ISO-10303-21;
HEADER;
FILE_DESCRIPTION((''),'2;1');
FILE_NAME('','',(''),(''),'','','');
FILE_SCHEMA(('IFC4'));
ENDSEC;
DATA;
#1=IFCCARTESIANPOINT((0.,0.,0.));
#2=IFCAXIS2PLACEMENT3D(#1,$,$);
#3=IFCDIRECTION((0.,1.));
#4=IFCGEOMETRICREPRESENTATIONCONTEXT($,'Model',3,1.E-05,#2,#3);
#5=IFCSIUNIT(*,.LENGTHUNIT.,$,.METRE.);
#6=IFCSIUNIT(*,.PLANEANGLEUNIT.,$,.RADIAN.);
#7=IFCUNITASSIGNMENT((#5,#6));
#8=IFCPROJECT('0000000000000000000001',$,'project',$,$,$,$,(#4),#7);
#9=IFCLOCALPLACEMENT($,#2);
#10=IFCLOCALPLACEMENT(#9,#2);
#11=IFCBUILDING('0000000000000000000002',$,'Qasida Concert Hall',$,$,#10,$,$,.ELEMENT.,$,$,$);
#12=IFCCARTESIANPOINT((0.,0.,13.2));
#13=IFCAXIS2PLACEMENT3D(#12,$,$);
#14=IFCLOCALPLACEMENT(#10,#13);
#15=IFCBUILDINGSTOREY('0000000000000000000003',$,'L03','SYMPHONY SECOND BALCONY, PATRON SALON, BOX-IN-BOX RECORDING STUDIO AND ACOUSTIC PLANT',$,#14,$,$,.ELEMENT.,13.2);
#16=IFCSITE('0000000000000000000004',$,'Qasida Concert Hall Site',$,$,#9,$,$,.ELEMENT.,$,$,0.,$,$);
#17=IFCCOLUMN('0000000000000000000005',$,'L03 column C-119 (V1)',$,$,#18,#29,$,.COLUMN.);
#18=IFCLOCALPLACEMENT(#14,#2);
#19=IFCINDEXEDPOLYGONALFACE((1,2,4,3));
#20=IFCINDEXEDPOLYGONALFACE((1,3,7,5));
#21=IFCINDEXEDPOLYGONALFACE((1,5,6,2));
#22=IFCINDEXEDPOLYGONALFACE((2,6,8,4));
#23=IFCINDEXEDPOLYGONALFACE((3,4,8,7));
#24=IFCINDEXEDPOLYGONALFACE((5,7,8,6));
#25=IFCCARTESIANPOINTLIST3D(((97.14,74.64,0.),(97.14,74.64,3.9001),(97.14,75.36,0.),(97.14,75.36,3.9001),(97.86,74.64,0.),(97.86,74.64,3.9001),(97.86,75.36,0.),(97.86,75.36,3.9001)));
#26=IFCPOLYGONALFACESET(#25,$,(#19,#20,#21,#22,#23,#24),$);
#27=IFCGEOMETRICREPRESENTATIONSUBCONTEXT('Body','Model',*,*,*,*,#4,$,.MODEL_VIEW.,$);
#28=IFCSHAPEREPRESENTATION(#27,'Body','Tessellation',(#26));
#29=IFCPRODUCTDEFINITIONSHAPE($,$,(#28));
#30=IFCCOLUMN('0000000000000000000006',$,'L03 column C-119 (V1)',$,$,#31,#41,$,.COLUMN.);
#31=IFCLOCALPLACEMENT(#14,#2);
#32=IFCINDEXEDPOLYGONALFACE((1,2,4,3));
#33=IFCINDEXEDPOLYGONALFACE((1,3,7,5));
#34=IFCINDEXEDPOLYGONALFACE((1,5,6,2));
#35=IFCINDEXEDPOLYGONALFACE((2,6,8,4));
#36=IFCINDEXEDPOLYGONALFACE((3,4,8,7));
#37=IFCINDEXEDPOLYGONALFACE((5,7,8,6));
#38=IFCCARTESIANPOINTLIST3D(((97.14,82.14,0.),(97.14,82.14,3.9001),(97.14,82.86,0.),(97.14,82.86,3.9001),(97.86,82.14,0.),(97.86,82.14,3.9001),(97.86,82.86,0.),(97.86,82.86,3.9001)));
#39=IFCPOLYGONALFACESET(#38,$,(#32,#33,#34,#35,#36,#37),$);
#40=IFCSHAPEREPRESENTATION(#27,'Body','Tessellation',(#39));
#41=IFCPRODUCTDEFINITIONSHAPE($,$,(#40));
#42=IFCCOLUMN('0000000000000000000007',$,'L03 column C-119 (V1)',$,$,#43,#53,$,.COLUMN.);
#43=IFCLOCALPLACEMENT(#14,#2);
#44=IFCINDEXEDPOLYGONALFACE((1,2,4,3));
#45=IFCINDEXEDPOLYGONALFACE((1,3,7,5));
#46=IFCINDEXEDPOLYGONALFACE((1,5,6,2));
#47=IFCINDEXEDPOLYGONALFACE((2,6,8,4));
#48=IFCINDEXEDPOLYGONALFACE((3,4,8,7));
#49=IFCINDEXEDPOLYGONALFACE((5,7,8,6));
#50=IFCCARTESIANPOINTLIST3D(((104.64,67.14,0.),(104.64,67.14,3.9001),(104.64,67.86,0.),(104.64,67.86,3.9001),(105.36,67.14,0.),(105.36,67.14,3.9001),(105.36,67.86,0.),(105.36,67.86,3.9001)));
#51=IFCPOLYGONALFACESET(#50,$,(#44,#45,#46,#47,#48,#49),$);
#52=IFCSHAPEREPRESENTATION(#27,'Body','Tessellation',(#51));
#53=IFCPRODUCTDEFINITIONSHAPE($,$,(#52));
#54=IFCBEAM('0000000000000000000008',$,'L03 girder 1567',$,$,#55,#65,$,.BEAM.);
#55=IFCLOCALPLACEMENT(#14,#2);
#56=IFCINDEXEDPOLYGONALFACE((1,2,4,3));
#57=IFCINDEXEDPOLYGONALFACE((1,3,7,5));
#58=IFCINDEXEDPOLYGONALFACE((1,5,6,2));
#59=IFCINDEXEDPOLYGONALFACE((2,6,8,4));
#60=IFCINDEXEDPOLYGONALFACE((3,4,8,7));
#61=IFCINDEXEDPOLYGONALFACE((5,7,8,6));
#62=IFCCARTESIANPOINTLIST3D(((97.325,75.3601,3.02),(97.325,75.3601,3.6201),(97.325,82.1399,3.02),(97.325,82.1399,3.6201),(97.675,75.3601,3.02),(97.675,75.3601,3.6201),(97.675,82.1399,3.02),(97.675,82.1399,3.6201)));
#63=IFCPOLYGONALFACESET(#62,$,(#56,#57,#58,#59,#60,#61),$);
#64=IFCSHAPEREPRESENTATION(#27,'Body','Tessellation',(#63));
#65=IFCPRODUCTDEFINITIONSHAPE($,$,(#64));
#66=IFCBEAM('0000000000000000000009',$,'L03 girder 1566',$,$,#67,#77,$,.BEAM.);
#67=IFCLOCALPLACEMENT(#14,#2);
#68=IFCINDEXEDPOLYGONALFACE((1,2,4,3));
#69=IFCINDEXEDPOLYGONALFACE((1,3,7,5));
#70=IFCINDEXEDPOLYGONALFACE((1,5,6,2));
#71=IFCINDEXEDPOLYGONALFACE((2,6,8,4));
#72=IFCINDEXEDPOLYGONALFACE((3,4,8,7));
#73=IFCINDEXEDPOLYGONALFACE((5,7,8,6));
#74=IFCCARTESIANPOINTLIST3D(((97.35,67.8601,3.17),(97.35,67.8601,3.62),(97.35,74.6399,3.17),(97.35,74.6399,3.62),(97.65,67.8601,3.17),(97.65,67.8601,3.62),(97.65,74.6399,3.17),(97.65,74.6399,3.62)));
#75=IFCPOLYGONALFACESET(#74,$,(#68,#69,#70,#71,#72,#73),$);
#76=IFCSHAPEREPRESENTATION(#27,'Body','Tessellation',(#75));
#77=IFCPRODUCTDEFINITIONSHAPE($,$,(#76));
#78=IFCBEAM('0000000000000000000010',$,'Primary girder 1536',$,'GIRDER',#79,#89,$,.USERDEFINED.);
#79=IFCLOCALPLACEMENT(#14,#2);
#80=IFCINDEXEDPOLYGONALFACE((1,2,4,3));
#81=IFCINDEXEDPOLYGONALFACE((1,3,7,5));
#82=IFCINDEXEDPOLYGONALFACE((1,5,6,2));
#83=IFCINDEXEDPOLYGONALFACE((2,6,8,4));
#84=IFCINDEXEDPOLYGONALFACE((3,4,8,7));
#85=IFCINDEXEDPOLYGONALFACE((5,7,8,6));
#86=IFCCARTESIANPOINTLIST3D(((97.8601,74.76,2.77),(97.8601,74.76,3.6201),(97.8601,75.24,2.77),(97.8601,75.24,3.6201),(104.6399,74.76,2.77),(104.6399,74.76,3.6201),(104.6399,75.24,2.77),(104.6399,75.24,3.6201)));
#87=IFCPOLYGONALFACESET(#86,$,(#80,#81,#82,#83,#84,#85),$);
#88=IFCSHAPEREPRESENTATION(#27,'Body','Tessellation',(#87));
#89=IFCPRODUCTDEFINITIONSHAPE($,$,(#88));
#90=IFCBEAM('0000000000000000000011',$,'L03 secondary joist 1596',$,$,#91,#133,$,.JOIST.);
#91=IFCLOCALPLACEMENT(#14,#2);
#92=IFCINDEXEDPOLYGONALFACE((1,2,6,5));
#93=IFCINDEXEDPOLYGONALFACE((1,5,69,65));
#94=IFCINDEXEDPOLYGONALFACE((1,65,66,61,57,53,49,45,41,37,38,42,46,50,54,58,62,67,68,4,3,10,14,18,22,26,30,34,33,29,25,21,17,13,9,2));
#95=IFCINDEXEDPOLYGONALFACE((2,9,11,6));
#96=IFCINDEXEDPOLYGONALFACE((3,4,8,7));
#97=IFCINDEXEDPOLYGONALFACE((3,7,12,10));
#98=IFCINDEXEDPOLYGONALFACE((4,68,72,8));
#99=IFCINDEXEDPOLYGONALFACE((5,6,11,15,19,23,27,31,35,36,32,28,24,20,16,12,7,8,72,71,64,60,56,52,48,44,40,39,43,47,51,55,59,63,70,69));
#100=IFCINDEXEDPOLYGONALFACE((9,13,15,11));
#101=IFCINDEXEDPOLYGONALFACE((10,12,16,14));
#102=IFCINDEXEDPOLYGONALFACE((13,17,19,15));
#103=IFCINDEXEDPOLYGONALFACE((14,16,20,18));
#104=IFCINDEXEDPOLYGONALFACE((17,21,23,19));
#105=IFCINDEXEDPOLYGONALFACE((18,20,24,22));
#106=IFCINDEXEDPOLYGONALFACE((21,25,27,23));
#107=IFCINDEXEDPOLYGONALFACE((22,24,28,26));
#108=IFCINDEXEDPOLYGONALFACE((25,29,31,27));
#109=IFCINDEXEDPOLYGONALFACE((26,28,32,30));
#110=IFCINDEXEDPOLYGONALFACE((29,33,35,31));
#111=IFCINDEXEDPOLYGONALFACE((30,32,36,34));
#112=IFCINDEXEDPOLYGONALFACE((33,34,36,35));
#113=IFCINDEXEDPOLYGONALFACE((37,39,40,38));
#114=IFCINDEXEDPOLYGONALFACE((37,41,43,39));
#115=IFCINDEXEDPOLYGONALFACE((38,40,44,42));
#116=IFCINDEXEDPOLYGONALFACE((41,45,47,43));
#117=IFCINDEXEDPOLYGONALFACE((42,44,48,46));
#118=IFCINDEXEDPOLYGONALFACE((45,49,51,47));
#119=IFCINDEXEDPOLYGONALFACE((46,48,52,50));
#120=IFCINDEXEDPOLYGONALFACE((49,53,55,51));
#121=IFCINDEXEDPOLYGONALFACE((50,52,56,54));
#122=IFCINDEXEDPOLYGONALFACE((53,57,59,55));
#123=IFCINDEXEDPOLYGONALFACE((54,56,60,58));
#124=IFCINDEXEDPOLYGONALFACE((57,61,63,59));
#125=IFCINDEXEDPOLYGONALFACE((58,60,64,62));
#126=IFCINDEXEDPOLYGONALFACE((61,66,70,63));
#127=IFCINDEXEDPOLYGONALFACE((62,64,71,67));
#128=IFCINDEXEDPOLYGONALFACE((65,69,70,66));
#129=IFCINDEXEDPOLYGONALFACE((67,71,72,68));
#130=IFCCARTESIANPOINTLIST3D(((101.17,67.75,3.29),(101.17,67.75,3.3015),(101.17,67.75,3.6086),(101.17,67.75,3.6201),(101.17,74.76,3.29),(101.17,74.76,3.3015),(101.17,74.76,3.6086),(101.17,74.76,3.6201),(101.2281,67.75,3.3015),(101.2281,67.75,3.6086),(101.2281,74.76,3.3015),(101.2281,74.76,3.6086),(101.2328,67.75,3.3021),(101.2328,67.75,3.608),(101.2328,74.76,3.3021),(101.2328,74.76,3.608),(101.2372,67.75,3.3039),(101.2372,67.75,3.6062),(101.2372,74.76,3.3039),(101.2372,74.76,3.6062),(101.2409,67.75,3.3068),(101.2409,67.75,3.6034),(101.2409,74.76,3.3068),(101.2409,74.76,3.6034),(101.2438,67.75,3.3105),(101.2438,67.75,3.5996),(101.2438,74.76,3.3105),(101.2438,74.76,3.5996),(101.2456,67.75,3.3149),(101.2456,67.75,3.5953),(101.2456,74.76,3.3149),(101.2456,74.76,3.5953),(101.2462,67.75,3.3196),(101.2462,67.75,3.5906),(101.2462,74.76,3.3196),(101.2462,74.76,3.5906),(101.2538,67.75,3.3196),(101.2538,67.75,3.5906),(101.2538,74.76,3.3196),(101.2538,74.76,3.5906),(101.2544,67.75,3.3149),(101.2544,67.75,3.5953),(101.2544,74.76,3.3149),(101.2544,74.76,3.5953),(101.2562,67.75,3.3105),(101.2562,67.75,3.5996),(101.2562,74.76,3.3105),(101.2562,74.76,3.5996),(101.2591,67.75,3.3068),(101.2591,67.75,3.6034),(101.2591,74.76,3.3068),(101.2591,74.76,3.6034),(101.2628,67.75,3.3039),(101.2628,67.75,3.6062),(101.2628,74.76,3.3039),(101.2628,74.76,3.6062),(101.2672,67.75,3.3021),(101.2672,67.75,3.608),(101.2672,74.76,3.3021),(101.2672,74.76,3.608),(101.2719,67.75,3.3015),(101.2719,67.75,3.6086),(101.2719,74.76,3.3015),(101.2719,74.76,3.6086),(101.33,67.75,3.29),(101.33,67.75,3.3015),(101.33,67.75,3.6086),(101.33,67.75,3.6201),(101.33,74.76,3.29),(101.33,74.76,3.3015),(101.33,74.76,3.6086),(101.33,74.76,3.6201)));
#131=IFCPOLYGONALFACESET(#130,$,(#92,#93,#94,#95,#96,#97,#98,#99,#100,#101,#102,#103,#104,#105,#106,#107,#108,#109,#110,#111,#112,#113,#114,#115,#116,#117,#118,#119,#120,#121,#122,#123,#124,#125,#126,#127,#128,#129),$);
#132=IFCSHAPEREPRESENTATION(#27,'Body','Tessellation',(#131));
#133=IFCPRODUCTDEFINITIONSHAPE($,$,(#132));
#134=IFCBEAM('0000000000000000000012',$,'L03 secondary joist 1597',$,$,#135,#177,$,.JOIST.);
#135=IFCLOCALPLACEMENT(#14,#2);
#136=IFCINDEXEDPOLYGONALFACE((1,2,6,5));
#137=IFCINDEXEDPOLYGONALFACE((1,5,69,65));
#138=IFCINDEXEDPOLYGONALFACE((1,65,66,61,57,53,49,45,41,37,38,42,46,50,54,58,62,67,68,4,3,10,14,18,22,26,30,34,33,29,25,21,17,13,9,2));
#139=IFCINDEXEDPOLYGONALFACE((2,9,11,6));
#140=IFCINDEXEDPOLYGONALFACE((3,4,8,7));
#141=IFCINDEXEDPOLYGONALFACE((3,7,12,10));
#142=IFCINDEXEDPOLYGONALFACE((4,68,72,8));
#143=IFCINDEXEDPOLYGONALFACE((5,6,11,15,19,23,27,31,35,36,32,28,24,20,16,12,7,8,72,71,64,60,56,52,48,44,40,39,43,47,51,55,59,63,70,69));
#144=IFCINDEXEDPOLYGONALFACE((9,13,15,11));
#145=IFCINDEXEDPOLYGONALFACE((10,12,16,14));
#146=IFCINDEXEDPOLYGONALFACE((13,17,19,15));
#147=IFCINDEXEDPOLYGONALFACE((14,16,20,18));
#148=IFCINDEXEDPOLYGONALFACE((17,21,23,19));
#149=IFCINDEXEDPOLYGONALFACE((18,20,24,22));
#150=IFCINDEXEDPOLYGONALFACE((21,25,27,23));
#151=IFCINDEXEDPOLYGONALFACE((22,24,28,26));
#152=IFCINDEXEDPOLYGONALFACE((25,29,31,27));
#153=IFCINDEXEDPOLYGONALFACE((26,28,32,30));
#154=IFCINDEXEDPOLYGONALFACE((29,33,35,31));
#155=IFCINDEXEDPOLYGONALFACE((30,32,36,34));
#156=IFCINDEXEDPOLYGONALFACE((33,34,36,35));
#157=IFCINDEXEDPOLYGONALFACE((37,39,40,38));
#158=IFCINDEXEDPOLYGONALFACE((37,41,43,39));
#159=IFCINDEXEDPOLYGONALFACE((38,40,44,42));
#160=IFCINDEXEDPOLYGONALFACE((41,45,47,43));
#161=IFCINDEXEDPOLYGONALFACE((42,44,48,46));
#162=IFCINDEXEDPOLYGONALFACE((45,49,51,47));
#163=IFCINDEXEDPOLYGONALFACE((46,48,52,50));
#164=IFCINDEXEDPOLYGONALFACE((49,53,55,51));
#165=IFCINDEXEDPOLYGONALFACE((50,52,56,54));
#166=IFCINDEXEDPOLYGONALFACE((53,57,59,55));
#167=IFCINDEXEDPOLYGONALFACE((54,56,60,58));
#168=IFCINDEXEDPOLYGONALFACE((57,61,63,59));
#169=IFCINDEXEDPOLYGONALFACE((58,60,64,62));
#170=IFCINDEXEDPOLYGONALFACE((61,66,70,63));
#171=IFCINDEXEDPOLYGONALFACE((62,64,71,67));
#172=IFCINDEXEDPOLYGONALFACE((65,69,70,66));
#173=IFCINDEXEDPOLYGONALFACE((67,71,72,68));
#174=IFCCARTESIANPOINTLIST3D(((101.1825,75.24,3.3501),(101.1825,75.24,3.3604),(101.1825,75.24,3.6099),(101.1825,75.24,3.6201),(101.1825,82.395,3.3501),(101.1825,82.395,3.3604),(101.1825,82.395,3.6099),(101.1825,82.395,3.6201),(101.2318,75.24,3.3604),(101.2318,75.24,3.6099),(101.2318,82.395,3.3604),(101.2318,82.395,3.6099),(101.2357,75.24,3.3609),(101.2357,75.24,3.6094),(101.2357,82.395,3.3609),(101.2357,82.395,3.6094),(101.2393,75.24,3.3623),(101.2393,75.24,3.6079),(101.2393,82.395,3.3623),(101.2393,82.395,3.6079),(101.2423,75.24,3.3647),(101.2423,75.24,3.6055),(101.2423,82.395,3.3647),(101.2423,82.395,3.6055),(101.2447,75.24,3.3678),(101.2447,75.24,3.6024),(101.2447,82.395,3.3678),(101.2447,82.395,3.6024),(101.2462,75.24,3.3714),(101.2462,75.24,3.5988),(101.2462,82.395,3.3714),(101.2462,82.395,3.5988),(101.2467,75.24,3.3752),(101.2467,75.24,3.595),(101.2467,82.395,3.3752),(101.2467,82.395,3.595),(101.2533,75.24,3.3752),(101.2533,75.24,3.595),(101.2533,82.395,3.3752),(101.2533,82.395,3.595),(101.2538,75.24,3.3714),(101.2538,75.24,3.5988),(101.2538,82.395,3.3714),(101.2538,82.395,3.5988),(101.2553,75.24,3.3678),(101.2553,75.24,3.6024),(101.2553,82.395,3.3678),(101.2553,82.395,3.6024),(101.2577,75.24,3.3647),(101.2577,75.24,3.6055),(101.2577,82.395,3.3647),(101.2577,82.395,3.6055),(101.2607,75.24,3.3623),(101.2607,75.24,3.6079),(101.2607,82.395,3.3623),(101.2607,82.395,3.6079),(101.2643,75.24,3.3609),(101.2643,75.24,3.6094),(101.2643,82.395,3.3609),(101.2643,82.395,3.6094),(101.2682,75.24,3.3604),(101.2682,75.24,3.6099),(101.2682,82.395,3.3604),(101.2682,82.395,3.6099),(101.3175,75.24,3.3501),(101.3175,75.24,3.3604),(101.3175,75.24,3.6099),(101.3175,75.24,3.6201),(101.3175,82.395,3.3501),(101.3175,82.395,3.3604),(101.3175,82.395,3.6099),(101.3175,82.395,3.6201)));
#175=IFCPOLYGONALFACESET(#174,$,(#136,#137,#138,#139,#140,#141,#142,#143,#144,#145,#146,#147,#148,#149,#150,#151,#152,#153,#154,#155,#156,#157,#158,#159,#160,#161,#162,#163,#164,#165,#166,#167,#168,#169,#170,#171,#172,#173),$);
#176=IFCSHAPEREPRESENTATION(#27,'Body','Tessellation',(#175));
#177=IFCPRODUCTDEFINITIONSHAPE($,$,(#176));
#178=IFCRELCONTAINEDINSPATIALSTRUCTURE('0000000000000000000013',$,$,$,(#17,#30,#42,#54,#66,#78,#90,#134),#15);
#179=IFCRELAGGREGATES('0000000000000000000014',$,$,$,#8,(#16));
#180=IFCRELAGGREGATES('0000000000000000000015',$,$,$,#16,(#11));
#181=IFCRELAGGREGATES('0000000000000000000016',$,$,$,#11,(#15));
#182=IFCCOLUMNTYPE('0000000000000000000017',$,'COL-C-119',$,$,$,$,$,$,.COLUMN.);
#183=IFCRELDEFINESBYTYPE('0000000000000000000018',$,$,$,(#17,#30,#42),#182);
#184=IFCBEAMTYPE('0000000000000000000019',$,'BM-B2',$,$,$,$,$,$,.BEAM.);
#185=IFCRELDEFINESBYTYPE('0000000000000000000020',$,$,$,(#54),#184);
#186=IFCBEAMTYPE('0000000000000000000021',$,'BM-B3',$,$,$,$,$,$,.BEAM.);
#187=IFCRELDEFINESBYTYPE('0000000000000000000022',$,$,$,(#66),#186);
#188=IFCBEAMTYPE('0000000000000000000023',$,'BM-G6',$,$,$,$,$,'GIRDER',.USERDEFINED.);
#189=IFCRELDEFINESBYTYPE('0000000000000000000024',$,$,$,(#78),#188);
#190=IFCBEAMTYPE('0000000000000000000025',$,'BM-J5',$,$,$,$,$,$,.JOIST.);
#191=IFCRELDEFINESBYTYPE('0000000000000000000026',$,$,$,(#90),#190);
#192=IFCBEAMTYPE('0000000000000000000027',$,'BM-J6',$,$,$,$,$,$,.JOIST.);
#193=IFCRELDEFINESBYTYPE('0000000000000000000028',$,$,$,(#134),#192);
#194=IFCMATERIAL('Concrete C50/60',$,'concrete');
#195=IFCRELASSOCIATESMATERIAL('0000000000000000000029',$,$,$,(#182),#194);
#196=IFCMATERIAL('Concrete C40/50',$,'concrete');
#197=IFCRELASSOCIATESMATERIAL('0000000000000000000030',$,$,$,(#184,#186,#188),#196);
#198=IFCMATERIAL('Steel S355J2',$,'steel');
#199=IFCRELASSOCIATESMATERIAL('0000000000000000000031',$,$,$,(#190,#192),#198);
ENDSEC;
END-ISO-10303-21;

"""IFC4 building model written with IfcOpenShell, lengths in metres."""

from ifc_helpers import new_model, si_unit, direction, frame, origin, origin_2d, place, context, subcontext, project, spatial, rectangle, i_section, extrude, material, material_profile, profile_set, type_object, element, save


model = new_model("IFC4")

# Units and contexts
model_context = context("Model", 3, precision=1e-05, world=origin(), true_north=direction((0.0, 1.0)))
body_context = subcontext(model_context, "Body", "Model", "MODEL_VIEW")
ifc_project = project(units=[si_unit("LENGTHUNIT", "METRE"), si_unit("PLANEANGLEUNIT", "RADIAN")], contexts=[model_context])

# Site, building, storey
site_placement = place(None, origin())
site = spatial("IfcSite", under=ifc_project, at=site_placement, Name="Qasida Concert Hall Site", CompositionType="ELEMENT", RefElevation=0.0)
building_placement = place(site_placement, origin())
building = spatial("IfcBuilding", under=site, at=building_placement, Name="Qasida Concert Hall", CompositionType="ELEMENT")
storey_placement = place(building_placement, frame((0.0, 0.0, 13.2)))
storey = spatial("IfcBuildingStorey", under=building, at=storey_placement, Name="L03", Description="SYMPHONY SECOND BALCONY, PATRON SALON, BOX-IN-BOX RECORDING STUDIO AND ACOUSTIC PLANT", CompositionType="ELEMENT", Elevation=13.2)

# Columns
ifc_material_1 = material(Name="Concrete C50/60", Category="concrete")
ifc_material_profile_1 = material_profile(ifc_material_1, rectangle(XDim=0.72, YDim=0.72, at=origin_2d()), Name="RC 720x720")
ifc_profile_set_1 = profile_set([ifc_material_profile_1], Name="Concrete C50/60")
column_type = type_object("IfcColumnType", Name="COL-C-119", PredefinedType="COLUMN", material=ifc_profile_set_1)
for number, where, z_axis, x_axis, name in (
    (1, (97.5, 75.0, 0.0), (0.0, 0.0, 1.0), (1.0, 0.0, 0.0), "L03 column C-119 (V1)"),
    (2, (97.5, 82.5, 0.0), (0.0, 0.0, 1.0), (1.0, 0.0, 0.0), "L03 column C-119 (V1)"),
    (3, (105.0, 67.5, 0.0), (0.0, 0.0, 1.0), (1.0, 0.0, 0.0), "L03 column C-119 (V1)"),
):
    element("IfcColumn", number, at=place(storey_placement, frame(where, z_axis=z_axis, x_axis=x_axis)), inside=storey, type_object=column_type, Name=name, PredefinedType="COLUMN", context=body_context, shape_type="SweptSolid", body=[
        extrude(rectangle(XDim=0.72, YDim=0.72, at=origin_2d()), origin(), (0.0, 0.0, 1.0), 3.9001),
    ])

# Beams
ifc_material_2 = material(Name="Concrete C40/50", Category="concrete")
ifc_material_profile_2 = material_profile(ifc_material_2, rectangle(XDim=0.3501, YDim=0.6001, at=origin_2d()), Name="RC 350x600")
ifc_profile_set_2 = profile_set([ifc_material_profile_2], Name="Concrete C40/50")
beam_type_1 = type_object("IfcBeamType", Name="BM-B2", PredefinedType="BEAM", material=ifc_profile_set_2)
beam_1_placement = place(storey_placement, frame((97.5, 75.3601, 3.3201), z_axis=(0.0, 1.0, 0.0), x_axis=(-1.0, 0.0, 0.0)))
element("IfcBeam", 4, at=beam_1_placement, inside=storey, type_object=beam_type_1, Name="L03 girder 1567", PredefinedType="BEAM", context=body_context, shape_type="SweptSolid", body=[
    extrude(rectangle(XDim=0.3501, YDim=0.6001, at=origin_2d()), origin(), (0.0, 0.0, 1.0), 6.7798),
])
ifc_material_profile_3 = material_profile(ifc_material_2, rectangle(XDim=0.3, YDim=0.45, at=origin_2d()), Name="RC 300x450")
ifc_profile_set_3 = profile_set([ifc_material_profile_3], Name="Concrete C40/50")
beam_type_2 = type_object("IfcBeamType", Name="BM-B3", PredefinedType="BEAM", material=ifc_profile_set_3)
beam_2_placement = place(storey_placement, frame((97.5, 67.8601, 3.395), z_axis=(0.0, 1.0, 0.0), x_axis=(-1.0, 0.0, 0.0)))
element("IfcBeam", 5, at=beam_2_placement, inside=storey, type_object=beam_type_2, Name="L03 girder 1566", PredefinedType="BEAM", context=body_context, shape_type="SweptSolid", body=[
    extrude(rectangle(XDim=0.3, YDim=0.45, at=origin_2d()), origin(), (0.0, 0.0, 1.0), 6.7798),
])
ifc_material_profile_4 = material_profile(ifc_material_2, rectangle(XDim=0.48, YDim=0.8501, at=origin_2d()), Name="RC 480x850")
ifc_profile_set_4 = profile_set([ifc_material_profile_4], Name="Concrete C40/50")
beam_type_3 = type_object("IfcBeamType", Name="BM-G6", ElementType="GIRDER", PredefinedType="USERDEFINED", material=ifc_profile_set_4)
beam_3_placement = place(storey_placement, frame((97.8601, 75.0, 3.1951), z_axis=(1.0, 0.0, 0.0), x_axis=(0.0, 1.0, 0.0)))
element("IfcBeam", 6, at=beam_3_placement, inside=storey, type_object=beam_type_3, Name="Primary girder 1536", ObjectType="GIRDER", PredefinedType="USERDEFINED", context=body_context, shape_type="SweptSolid", body=[
    extrude(rectangle(XDim=0.48, YDim=0.8501, at=origin_2d()), origin(), (0.0, 0.0, 1.0), 6.7798),
])
ifc_material_3 = material(Name="Steel S355J2", Category="steel")
ifc_material_profile_5 = material_profile(ifc_material_3, i_section(OverallWidth=0.1599, OverallDepth=0.3301, WebThickness=0.0076, FlangeThickness=0.0115, FilletRadius=0.0181, at=origin_2d()), Name="IPE 330")
ifc_profile_set_5 = profile_set([ifc_material_profile_5], Name="Steel S355J2")
beam_type_4 = type_object("IfcBeamType", Name="BM-J5", PredefinedType="JOIST", material=ifc_profile_set_5)
beam_4_placement = place(storey_placement, frame((101.25, 67.75, 3.4551), z_axis=(0.0, 1.0, 0.0), x_axis=(-1.0, 0.0, 0.0)))
element("IfcBeam", 7, at=beam_4_placement, inside=storey, type_object=beam_type_4, Name="L03 secondary joist 1596", PredefinedType="JOIST", context=body_context, shape_type="SweptSolid", body=[
    extrude(i_section(OverallWidth=0.1599, OverallDepth=0.3301, WebThickness=0.0076, FlangeThickness=0.0115, FilletRadius=0.0181, at=origin_2d()), origin(), (0.0, 0.0, 1.0), 7.01),
])
ifc_material_profile_6 = material_profile(ifc_material_3, i_section(OverallWidth=0.135, OverallDepth=0.27, WebThickness=0.0066, FlangeThickness=0.0103, FilletRadius=0.0149, at=origin_2d()), Name="IPE 270")
ifc_profile_set_6 = profile_set([ifc_material_profile_6], Name="Steel S355J2")
beam_type_5 = type_object("IfcBeamType", Name="BM-J6", PredefinedType="JOIST", material=ifc_profile_set_6)
beam_5_placement = place(storey_placement, frame((101.25, 75.24, 3.4851), z_axis=(0.0, 1.0, 0.0), x_axis=(-1.0, 0.0, 0.0)))
element("IfcBeam", 8, at=beam_5_placement, inside=storey, type_object=beam_type_5, Name="L03 secondary joist 1597", PredefinedType="JOIST", context=body_context, shape_type="SweptSolid", body=[
    extrude(i_section(OverallWidth=0.135, OverallDepth=0.27, WebThickness=0.0066, FlangeThickness=0.0103, FilletRadius=0.0149, at=origin_2d()), origin(), (0.0, 0.0, 1.0), 7.155),
])

save(model, "model.ifc")
